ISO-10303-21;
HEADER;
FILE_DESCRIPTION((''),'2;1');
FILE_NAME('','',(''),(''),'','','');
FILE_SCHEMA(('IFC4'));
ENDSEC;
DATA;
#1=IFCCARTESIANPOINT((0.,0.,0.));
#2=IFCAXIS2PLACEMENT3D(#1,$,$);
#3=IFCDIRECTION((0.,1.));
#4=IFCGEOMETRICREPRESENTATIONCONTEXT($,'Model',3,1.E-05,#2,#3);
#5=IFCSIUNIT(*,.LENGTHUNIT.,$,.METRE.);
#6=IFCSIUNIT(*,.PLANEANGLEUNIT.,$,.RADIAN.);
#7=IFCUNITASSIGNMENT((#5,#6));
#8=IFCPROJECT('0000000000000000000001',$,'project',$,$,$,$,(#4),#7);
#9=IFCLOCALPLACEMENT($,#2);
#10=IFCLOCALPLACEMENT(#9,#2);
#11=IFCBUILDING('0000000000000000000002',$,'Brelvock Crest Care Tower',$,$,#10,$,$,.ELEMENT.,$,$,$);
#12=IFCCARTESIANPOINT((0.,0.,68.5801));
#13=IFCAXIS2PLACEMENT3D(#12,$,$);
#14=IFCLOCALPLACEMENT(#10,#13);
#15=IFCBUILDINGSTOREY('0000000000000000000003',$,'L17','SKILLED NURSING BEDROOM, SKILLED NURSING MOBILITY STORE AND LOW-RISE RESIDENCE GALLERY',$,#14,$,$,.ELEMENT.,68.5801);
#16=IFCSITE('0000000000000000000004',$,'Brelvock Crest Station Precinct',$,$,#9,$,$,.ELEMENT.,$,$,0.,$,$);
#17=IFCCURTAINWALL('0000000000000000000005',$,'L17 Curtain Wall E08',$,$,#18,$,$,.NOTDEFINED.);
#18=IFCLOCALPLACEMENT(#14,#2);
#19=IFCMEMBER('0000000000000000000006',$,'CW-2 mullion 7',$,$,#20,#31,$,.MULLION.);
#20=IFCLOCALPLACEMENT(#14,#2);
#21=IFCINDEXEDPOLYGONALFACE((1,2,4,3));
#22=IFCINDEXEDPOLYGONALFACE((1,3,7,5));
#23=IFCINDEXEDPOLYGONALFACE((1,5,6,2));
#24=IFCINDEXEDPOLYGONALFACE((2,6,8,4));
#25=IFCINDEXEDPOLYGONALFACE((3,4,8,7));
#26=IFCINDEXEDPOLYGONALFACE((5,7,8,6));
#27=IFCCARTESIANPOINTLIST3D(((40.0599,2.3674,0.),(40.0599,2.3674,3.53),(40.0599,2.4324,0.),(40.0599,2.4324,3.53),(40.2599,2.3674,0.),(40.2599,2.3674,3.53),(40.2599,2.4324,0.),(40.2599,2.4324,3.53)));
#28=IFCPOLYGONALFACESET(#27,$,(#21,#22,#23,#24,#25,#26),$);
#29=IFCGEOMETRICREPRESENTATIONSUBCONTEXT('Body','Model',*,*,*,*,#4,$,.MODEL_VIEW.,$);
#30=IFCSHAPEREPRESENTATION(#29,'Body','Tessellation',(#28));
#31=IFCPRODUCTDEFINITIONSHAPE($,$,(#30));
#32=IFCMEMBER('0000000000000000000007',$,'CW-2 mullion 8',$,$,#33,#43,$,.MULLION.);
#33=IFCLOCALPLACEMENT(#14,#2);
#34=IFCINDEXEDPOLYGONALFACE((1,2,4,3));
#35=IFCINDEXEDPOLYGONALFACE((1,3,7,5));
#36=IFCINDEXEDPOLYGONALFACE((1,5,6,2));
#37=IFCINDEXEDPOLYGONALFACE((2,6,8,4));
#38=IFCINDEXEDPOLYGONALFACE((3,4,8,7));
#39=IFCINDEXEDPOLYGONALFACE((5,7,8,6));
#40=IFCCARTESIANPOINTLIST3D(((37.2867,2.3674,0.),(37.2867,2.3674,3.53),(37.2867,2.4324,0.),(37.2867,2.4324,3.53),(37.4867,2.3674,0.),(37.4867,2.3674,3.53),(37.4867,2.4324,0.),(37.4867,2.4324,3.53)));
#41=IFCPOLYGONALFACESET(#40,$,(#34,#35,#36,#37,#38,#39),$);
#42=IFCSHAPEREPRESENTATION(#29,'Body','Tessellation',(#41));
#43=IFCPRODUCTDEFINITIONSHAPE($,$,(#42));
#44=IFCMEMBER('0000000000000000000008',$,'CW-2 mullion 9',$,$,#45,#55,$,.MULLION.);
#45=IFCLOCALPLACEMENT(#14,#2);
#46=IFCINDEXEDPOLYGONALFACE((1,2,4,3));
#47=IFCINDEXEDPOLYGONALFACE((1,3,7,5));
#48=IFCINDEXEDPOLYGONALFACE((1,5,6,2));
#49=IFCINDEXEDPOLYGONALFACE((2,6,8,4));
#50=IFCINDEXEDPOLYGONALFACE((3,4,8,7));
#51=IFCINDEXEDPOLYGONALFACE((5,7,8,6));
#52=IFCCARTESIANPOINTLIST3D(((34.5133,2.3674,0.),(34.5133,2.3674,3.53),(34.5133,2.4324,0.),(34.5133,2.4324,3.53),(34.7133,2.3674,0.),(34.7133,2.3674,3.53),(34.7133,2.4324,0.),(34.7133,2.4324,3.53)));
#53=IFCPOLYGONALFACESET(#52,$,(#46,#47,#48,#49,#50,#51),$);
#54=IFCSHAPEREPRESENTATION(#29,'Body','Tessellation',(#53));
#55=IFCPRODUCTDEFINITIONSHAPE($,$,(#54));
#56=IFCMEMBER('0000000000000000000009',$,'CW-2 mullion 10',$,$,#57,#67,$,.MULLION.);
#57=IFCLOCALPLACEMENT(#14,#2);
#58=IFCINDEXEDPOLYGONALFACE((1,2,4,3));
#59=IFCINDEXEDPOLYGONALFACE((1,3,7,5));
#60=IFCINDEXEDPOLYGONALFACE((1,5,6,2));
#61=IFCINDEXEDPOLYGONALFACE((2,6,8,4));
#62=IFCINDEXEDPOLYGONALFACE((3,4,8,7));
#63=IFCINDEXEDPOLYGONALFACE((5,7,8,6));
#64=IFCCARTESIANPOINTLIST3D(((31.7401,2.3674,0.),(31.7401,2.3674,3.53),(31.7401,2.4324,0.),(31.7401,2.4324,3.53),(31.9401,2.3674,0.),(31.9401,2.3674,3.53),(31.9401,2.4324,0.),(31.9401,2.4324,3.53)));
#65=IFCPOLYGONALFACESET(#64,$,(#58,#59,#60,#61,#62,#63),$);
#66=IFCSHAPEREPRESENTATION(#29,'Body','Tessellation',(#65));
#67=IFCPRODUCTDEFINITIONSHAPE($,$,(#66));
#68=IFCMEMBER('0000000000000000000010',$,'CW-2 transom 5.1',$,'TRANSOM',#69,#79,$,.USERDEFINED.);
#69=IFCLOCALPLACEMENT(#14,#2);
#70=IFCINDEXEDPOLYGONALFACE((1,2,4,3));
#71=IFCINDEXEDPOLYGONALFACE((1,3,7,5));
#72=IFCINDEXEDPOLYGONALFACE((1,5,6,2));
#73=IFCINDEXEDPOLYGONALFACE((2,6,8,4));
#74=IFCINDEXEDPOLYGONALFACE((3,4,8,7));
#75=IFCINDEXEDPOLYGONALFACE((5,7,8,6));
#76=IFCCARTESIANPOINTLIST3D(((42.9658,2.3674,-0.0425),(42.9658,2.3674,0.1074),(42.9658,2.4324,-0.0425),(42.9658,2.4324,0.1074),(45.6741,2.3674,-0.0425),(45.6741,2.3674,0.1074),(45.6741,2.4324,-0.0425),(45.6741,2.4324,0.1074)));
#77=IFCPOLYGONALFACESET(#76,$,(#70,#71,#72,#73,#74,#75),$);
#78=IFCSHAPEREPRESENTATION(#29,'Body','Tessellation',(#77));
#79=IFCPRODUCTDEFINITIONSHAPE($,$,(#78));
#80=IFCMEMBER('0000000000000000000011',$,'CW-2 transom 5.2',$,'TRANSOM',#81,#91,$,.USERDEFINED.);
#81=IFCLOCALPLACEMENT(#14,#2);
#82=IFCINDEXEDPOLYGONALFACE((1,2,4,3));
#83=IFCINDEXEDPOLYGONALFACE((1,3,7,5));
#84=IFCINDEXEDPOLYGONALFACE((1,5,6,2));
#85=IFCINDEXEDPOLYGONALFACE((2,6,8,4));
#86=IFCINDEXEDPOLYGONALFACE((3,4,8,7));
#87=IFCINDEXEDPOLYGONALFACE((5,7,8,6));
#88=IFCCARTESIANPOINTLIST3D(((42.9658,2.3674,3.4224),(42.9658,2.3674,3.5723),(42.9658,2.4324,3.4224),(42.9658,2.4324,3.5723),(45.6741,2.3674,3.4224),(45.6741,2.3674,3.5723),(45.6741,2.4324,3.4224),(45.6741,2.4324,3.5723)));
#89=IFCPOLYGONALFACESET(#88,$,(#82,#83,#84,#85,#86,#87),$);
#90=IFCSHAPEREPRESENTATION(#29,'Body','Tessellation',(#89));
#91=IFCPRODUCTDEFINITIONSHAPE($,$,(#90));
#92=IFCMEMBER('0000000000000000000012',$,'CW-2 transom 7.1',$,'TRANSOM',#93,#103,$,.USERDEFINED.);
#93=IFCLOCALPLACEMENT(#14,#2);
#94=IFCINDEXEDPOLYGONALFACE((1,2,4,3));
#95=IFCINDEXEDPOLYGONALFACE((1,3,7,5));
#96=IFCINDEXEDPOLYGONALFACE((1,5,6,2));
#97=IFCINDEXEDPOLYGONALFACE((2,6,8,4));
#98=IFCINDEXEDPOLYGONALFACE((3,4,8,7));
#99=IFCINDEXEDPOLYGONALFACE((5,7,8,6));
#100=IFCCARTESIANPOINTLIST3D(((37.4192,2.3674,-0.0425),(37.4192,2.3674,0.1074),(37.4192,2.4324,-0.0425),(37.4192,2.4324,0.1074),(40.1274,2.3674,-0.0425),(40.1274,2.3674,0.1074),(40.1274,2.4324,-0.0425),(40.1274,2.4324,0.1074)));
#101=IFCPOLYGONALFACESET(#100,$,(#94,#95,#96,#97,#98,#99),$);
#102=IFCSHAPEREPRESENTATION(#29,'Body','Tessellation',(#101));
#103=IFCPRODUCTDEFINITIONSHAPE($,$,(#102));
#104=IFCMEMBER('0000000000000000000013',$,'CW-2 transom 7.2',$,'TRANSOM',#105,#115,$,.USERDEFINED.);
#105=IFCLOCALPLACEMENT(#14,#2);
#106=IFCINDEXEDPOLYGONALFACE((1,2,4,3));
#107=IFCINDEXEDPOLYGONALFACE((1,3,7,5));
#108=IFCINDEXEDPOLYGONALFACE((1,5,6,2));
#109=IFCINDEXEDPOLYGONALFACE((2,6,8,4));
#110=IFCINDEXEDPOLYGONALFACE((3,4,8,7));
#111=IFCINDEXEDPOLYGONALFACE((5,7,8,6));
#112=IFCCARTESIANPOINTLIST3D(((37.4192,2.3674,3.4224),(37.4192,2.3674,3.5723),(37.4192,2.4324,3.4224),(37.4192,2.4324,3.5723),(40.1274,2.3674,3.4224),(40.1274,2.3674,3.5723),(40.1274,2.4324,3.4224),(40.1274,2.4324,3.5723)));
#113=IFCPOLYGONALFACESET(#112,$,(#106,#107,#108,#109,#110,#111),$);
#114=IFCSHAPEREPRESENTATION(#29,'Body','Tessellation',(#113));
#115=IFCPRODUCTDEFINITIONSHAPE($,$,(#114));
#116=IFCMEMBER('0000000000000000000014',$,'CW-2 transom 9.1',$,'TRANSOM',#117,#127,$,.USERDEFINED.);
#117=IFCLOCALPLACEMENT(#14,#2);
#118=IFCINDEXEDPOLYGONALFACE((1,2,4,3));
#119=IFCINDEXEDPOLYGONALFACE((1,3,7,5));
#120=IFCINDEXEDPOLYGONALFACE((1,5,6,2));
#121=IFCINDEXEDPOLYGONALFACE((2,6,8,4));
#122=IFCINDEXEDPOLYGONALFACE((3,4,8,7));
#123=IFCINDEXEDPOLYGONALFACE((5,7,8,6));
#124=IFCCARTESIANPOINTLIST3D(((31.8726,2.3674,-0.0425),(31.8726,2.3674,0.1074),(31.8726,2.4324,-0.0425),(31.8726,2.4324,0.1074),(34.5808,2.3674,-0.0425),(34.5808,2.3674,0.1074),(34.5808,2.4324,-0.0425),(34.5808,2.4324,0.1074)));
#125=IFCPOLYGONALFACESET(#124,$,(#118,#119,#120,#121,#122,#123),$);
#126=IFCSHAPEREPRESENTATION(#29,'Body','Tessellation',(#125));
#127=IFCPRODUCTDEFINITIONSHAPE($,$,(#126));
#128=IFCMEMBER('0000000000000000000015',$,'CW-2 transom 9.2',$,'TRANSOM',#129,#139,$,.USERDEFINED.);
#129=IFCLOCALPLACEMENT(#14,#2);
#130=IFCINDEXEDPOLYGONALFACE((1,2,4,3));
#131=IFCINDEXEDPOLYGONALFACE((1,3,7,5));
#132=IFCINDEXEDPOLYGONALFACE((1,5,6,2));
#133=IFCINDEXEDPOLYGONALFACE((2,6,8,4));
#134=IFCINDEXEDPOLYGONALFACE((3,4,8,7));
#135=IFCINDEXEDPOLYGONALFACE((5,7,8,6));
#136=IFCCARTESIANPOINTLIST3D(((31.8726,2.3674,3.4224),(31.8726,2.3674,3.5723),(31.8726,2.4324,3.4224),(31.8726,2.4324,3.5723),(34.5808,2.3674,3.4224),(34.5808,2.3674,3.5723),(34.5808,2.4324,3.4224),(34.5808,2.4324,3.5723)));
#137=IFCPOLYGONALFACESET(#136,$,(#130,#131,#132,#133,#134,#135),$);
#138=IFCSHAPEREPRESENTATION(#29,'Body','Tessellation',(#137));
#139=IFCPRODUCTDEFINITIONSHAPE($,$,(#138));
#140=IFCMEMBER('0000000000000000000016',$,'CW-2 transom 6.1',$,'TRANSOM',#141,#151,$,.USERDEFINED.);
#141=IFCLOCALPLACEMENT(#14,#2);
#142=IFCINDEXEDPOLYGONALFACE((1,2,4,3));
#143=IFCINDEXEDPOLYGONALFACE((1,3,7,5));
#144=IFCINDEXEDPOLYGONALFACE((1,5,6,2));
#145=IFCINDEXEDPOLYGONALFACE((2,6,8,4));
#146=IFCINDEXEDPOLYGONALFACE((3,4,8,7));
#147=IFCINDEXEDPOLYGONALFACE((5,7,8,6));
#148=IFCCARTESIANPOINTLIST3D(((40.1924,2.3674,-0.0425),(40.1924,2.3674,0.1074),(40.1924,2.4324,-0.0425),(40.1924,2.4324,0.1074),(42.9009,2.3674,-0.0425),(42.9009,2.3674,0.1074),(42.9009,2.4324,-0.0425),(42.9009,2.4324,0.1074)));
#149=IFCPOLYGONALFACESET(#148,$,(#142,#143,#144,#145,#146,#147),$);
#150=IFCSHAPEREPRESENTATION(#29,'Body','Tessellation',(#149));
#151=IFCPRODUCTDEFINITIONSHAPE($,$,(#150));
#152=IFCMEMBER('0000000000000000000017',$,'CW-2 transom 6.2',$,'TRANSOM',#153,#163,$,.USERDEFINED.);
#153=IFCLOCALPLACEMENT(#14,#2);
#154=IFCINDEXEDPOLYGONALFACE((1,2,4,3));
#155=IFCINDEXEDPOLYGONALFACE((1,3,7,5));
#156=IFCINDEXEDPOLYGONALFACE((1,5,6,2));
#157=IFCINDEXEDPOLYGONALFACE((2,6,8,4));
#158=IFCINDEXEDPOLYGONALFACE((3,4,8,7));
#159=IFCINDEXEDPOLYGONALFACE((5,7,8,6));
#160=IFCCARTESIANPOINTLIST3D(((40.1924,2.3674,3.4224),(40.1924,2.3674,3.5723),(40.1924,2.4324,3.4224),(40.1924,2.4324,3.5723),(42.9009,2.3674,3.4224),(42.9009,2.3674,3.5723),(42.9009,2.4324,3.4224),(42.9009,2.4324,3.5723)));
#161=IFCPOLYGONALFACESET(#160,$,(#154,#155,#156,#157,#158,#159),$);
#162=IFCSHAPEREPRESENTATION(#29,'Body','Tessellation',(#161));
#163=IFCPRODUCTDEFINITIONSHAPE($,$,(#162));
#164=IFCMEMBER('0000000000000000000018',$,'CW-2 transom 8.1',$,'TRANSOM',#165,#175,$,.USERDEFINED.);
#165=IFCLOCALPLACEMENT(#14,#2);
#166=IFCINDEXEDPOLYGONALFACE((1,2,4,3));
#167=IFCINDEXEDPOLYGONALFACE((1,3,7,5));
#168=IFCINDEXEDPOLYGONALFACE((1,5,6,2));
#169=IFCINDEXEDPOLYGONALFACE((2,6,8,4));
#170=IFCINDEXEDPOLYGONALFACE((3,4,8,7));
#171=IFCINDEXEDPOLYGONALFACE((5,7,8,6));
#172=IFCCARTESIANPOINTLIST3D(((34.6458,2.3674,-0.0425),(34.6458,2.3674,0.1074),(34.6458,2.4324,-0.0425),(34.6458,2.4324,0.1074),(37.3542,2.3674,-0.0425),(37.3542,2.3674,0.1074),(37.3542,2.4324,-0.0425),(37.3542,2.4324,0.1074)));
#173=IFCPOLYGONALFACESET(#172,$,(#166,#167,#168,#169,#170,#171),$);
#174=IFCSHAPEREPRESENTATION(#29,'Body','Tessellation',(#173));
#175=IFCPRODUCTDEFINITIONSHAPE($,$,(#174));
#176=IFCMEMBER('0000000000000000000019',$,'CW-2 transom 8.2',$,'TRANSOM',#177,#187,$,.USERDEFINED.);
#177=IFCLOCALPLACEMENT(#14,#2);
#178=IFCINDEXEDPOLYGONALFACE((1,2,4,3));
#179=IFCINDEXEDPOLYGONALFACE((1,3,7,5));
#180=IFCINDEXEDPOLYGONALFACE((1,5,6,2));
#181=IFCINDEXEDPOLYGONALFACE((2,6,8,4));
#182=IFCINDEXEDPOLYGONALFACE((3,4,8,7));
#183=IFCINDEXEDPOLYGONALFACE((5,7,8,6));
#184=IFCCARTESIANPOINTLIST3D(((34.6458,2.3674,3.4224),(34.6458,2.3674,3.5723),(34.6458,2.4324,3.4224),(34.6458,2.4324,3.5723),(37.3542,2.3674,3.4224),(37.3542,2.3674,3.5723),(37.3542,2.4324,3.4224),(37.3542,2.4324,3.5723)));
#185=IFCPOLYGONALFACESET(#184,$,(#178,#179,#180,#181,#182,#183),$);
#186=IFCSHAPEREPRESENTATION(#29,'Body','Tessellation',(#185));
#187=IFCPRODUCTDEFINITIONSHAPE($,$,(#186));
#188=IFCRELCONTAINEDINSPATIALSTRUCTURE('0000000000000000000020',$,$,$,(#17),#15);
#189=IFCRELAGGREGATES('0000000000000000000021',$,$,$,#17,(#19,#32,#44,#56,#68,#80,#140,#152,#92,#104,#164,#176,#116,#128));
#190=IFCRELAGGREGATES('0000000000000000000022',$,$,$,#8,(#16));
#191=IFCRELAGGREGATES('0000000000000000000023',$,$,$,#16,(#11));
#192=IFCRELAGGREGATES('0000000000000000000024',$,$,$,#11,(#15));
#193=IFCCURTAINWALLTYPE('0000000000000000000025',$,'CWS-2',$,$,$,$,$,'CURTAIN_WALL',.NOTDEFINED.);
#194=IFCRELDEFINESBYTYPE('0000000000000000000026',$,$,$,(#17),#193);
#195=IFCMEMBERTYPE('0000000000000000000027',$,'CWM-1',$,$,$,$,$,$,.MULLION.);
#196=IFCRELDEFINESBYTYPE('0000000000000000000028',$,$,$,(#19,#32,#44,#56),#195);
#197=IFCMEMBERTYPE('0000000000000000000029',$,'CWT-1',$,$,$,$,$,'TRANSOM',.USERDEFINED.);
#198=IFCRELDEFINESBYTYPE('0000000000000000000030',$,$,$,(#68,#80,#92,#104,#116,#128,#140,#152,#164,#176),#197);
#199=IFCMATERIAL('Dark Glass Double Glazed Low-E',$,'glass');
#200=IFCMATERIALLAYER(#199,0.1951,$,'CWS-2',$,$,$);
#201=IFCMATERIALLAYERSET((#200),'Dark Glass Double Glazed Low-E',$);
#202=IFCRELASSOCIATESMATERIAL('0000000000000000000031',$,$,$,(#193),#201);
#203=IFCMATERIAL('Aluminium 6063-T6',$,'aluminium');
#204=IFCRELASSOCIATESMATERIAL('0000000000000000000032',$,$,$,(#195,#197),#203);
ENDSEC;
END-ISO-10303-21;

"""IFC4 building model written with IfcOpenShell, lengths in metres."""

from ifc_helpers import new_model, si_unit, direction, frame, origin, origin_2d, place, context, subcontext, project, spatial, rectangle, extrude, source, transform, mapped, material, layer, layer_set, material_profile, profile_set, type_object, element, aggregate, save


model = new_model("IFC4")

# Units and contexts
model_context = context("Model", 3, precision=1e-05, world=origin(), true_north=direction((0.0, 1.0)))
body_context = subcontext(model_context, "Body", "Model", "MODEL_VIEW")
ifc_project = project(units=[si_unit("LENGTHUNIT", "METRE"), si_unit("PLANEANGLEUNIT", "RADIAN")], contexts=[model_context])

# Site, building, storey
site_placement = place(None, origin())
site = spatial("IfcSite", under=ifc_project, at=site_placement, Name="Brelvock Crest Station Precinct", CompositionType="ELEMENT", RefElevation=0.0)
building_placement = place(site_placement, origin())
building = spatial("IfcBuilding", under=site, at=building_placement, Name="Brelvock Crest Care Tower", CompositionType="ELEMENT")
storey_placement = place(building_placement, frame((0.0, 0.0, 68.5801)))
storey = spatial("IfcBuildingStorey", under=building, at=storey_placement, Name="L17", Description="SKILLED NURSING BEDROOM, SKILLED NURSING MOBILITY STORE AND LOW-RISE RESIDENCE GALLERY", CompositionType="ELEMENT", Elevation=68.5801)

# Curtain wall, members
ifc_material_1 = material(Name="Dark Glass Double Glazed Low-E", Category="glass")
ifc_layer_1 = layer(ifc_material_1, 0.1951, Name="CWS-2")
ifc_layer_set_1 = layer_set([ifc_layer_1], Name="Dark Glass Double Glazed Low-E")
curtain_wall_type = type_object("IfcCurtainWallType", Name="CWS-2", ElementType="CURTAIN_WALL", PredefinedType="NOTDEFINED", material=ifc_layer_set_1)
curtain_wall_placement = place(storey_placement, origin())
curtain_wall = element("IfcCurtainWall", 1, at=curtain_wall_placement, inside=storey, type_object=curtain_wall_type, Name="L17 Curtain Wall E08", PredefinedType="NOTDEFINED")
ifc_material_2 = material(Name="Aluminium 6063-T6", Category="aluminium")
ifc_material_profile_1 = material_profile(ifc_material_2, rectangle(XDim=0.0649, YDim=0.2, at=origin_2d()), Name="ALU65x200")
ifc_profile_set_1 = profile_set([ifc_material_profile_1], Name="Aluminium 6063-T6")
member_type_1 = type_object("IfcMemberType", Name="CWM-1", PredefinedType="MULLION", material=ifc_profile_set_1)
shared_shape_1 = source(origin(), body_context, "Body", "SweptSolid", [
    extrude(rectangle(XDim=0.0649, YDim=0.2, at=origin_2d()), origin(), (0.0, 0.0, 1.0), 3.53),
])
member_1_placement = place(storey_placement, frame((40.1599, 2.3999, 0.0), z_axis=(0.0, 0.0, 1.0), x_axis=(0.0, -1.0, 0.0)))
member_1 = element("IfcMember", 2, at=member_1_placement, type_object=member_type_1, Name="CW-2 mullion 7", PredefinedType="MULLION", context=body_context, shape_type="MappedRepresentation", body=[
    mapped(shared_shape_1, transform((0.0, 0.0, 0.0), x_axis=(1.0, 0.0, 0.0), y_axis=(0.0, 1.0, 0.0), z_axis=(0.0, 0.0, 1.0), scale=1.0)),
])
member_2_placement = place(storey_placement, frame((37.3867, 2.3999, 0.0), z_axis=(0.0, 0.0, 1.0), x_axis=(0.0, -1.0, 0.0)))
member_2 = element("IfcMember", 3, at=member_2_placement, type_object=member_type_1, Name="CW-2 mullion 8", PredefinedType="MULLION", context=body_context, shape_type="MappedRepresentation", body=[
    mapped(shared_shape_1, transform((0.0, 0.0, 0.0), x_axis=(1.0, 0.0, 0.0), y_axis=(0.0, 1.0, 0.0), z_axis=(0.0, 0.0, 1.0), scale=1.0)),
])
member_3_placement = place(storey_placement, frame((34.6133, 2.3999, 0.0), z_axis=(0.0, 0.0, 1.0), x_axis=(0.0, -1.0, 0.0)))
member_3 = element("IfcMember", 4, at=member_3_placement, type_object=member_type_1, Name="CW-2 mullion 9", PredefinedType="MULLION", context=body_context, shape_type="MappedRepresentation", body=[
    mapped(shared_shape_1, transform((0.0, 0.0, 0.0), x_axis=(1.0, 0.0, 0.0), y_axis=(0.0, 1.0, 0.0), z_axis=(0.0, 0.0, 1.0), scale=1.0)),
])
member_4_placement = place(storey_placement, frame((31.8401, 2.3999, 0.0), z_axis=(0.0, 0.0, 1.0), x_axis=(0.0, -1.0, 0.0)))
member_4 = element("IfcMember", 5, at=member_4_placement, type_object=member_type_1, Name="CW-2 mullion 10", PredefinedType="MULLION", context=body_context, shape_type="MappedRepresentation", body=[
    mapped(shared_shape_1, transform((0.0, 0.0, 0.0), x_axis=(1.0, 0.0, 0.0), y_axis=(0.0, 1.0, 0.0), z_axis=(0.0, 0.0, 1.0), scale=1.0)),
])
ifc_material_profile_2 = material_profile(ifc_material_2, rectangle(XDim=0.0649, YDim=0.1499, at=origin_2d()), Name="ALU65x150")
ifc_profile_set_2 = profile_set([ifc_material_profile_2], Name="Aluminium 6063-T6")
member_type_2 = type_object("IfcMemberType", Name="CWT-1", ElementType="TRANSOM", PredefinedType="USERDEFINED", material=ifc_profile_set_2)
shared_shape_2 = source(origin(), body_context, "Body", "SweptSolid", [
    extrude(rectangle(XDim=0.0649, YDim=0.1499, at=origin_2d()), origin(), (0.0, 0.0, 1.0), 2.7083),
])
member_5_placement = place(storey_placement, frame((45.6741, 2.3999, 0.0325), z_axis=(-1.0, 0.0, 0.0), x_axis=(0.0, -1.0, 0.0)))
member_5 = element("IfcMember", 6, at=member_5_placement, type_object=member_type_2, Name="CW-2 transom 5.1", ObjectType="TRANSOM", PredefinedType="USERDEFINED", context=body_context, shape_type="MappedRepresentation", body=[
    mapped(shared_shape_2, transform((0.0, 0.0, 0.0), x_axis=(1.0, 0.0, 0.0), y_axis=(0.0, 1.0, 0.0), z_axis=(0.0, 0.0, 1.0), scale=1.0)),
])
member_6_placement = place(storey_placement, frame((45.6741, 2.3999, 3.4973), z_axis=(-1.0, 0.0, 0.0), x_axis=(0.0, -1.0, 0.0)))
member_6 = element("IfcMember", 7, at=member_6_placement, type_object=member_type_2, Name="CW-2 transom 5.2", ObjectType="TRANSOM", PredefinedType="USERDEFINED", context=body_context, shape_type="MappedRepresentation", body=[
    mapped(shared_shape_2, transform((0.0, 0.0, 0.0), x_axis=(1.0, 0.0, 0.0), y_axis=(0.0, 1.0, 0.0), z_axis=(0.0, 0.0, 1.0), scale=1.0)),
])
member_7_placement = place(storey_placement, frame((40.1274, 2.3999, 0.0325), z_axis=(-1.0, 0.0, 0.0), x_axis=(0.0, -1.0, 0.0)))
member_7 = element("IfcMember", 8, at=member_7_placement, type_object=member_type_2, Name="CW-2 transom 7.1", ObjectType="TRANSOM", PredefinedType="USERDEFINED", context=body_context, shape_type="MappedRepresentation", body=[
    mapped(shared_shape_2, transform((0.0, 0.0, 0.0), x_axis=(1.0, 0.0, 0.0), y_axis=(0.0, 1.0, 0.0), z_axis=(0.0, 0.0, 1.0), scale=1.0)),
])
member_8_placement = place(storey_placement, frame((40.1274, 2.3999, 3.4973), z_axis=(-1.0, 0.0, 0.0), x_axis=(0.0, -1.0, 0.0)))
member_8 = element("IfcMember", 9, at=member_8_placement, type_object=member_type_2, Name="CW-2 transom 7.2", ObjectType="TRANSOM", PredefinedType="USERDEFINED", context=body_context, shape_type="MappedRepresentation", body=[
    mapped(shared_shape_2, transform((0.0, 0.0, 0.0), x_axis=(1.0, 0.0, 0.0), y_axis=(0.0, 1.0, 0.0), z_axis=(0.0, 0.0, 1.0), scale=1.0)),
])
member_9_placement = place(storey_placement, frame((34.5808, 2.3999, 0.0325), z_axis=(-1.0, 0.0, 0.0), x_axis=(0.0, -1.0, 0.0)))
member_9 = element("IfcMember", 10, at=member_9_placement, type_object=member_type_2, Name="CW-2 transom 9.1", ObjectType="TRANSOM", PredefinedType="USERDEFINED", context=body_context, shape_type="MappedRepresentation", body=[
    mapped(shared_shape_2, transform((0.0, 0.0, 0.0), x_axis=(1.0, 0.0, 0.0), y_axis=(0.0, 1.0, 0.0), z_axis=(0.0, 0.0, 1.0), scale=1.0)),
])
member_10_placement = place(storey_placement, frame((34.5808, 2.3999, 3.4973), z_axis=(-1.0, 0.0, 0.0), x_axis=(0.0, -1.0, 0.0)))
member_10 = element("IfcMember", 11, at=member_10_placement, type_object=member_type_2, Name="CW-2 transom 9.2", ObjectType="TRANSOM", PredefinedType="USERDEFINED", context=body_context, shape_type="MappedRepresentation", body=[
    mapped(shared_shape_2, transform((0.0, 0.0, 0.0), x_axis=(1.0, 0.0, 0.0), y_axis=(0.0, 1.0, 0.0), z_axis=(0.0, 0.0, 1.0), scale=1.0)),
])
shared_shape_3 = source(origin(), body_context, "Body", "SweptSolid", [
    extrude(rectangle(XDim=0.0649, YDim=0.1499, at=origin_2d()), origin(), (0.0, 0.0, 1.0), 2.7085),
])
member_11_placement = place(storey_placement, frame((42.9009, 2.3999, 0.0325), z_axis=(-1.0, 0.0, 0.0), x_axis=(0.0, -1.0, 0.0)))
member_11 = element("IfcMember", 12, at=member_11_placement, type_object=member_type_2, Name="CW-2 transom 6.1", ObjectType="TRANSOM", PredefinedType="USERDEFINED", context=body_context, shape_type="MappedRepresentation", body=[
    mapped(shared_shape_3, transform((0.0, 0.0, 0.0), x_axis=(1.0, 0.0, 0.0), y_axis=(0.0, 1.0, 0.0), z_axis=(0.0, 0.0, 1.0), scale=1.0)),
])
member_12_placement = place(storey_placement, frame((42.9009, 2.3999, 3.4973), z_axis=(-1.0, 0.0, 0.0), x_axis=(0.0, -1.0, 0.0)))
member_12 = element("IfcMember", 13, at=member_12_placement, type_object=member_type_2, Name="CW-2 transom 6.2", ObjectType="TRANSOM", PredefinedType="USERDEFINED", context=body_context, shape_type="MappedRepresentation", body=[
    mapped(shared_shape_3, transform((0.0, 0.0, 0.0), x_axis=(1.0, 0.0, 0.0), y_axis=(0.0, 1.0, 0.0), z_axis=(0.0, 0.0, 1.0), scale=1.0)),
])
member_13_placement = place(storey_placement, frame((37.3542, 2.3999, 0.0325), z_axis=(-1.0, 0.0, 0.0), x_axis=(0.0, -1.0, 0.0)))
member_13 = element("IfcMember", 14, at=member_13_placement, type_object=member_type_2, Name="CW-2 transom 8.1", ObjectType="TRANSOM", PredefinedType="USERDEFINED", context=body_context, shape_type="MappedRepresentation", body=[
    mapped(shared_shape_3, transform((0.0, 0.0, 0.0), x_axis=(1.0, 0.0, 0.0), y_axis=(0.0, 1.0, 0.0), z_axis=(0.0, 0.0, 1.0), scale=1.0)),
])
member_14_placement = place(storey_placement, frame((37.3542, 2.3999, 3.4973), z_axis=(-1.0, 0.0, 0.0), x_axis=(0.0, -1.0, 0.0)))
member_14 = element("IfcMember", 15, at=member_14_placement, type_object=member_type_2, Name="CW-2 transom 8.2", ObjectType="TRANSOM", PredefinedType="USERDEFINED", context=body_context, shape_type="MappedRepresentation", body=[
    mapped(shared_shape_3, transform((0.0, 0.0, 0.0), x_axis=(1.0, 0.0, 0.0), y_axis=(0.0, 1.0, 0.0), z_axis=(0.0, 0.0, 1.0), scale=1.0)),
])
aggregate(curtain_wall, [member_1, member_2, member_3, member_4, member_5, member_6, member_11, member_12, member_7, member_8, member_13, member_14, member_9, member_10])

save(model, "model.ifc")
